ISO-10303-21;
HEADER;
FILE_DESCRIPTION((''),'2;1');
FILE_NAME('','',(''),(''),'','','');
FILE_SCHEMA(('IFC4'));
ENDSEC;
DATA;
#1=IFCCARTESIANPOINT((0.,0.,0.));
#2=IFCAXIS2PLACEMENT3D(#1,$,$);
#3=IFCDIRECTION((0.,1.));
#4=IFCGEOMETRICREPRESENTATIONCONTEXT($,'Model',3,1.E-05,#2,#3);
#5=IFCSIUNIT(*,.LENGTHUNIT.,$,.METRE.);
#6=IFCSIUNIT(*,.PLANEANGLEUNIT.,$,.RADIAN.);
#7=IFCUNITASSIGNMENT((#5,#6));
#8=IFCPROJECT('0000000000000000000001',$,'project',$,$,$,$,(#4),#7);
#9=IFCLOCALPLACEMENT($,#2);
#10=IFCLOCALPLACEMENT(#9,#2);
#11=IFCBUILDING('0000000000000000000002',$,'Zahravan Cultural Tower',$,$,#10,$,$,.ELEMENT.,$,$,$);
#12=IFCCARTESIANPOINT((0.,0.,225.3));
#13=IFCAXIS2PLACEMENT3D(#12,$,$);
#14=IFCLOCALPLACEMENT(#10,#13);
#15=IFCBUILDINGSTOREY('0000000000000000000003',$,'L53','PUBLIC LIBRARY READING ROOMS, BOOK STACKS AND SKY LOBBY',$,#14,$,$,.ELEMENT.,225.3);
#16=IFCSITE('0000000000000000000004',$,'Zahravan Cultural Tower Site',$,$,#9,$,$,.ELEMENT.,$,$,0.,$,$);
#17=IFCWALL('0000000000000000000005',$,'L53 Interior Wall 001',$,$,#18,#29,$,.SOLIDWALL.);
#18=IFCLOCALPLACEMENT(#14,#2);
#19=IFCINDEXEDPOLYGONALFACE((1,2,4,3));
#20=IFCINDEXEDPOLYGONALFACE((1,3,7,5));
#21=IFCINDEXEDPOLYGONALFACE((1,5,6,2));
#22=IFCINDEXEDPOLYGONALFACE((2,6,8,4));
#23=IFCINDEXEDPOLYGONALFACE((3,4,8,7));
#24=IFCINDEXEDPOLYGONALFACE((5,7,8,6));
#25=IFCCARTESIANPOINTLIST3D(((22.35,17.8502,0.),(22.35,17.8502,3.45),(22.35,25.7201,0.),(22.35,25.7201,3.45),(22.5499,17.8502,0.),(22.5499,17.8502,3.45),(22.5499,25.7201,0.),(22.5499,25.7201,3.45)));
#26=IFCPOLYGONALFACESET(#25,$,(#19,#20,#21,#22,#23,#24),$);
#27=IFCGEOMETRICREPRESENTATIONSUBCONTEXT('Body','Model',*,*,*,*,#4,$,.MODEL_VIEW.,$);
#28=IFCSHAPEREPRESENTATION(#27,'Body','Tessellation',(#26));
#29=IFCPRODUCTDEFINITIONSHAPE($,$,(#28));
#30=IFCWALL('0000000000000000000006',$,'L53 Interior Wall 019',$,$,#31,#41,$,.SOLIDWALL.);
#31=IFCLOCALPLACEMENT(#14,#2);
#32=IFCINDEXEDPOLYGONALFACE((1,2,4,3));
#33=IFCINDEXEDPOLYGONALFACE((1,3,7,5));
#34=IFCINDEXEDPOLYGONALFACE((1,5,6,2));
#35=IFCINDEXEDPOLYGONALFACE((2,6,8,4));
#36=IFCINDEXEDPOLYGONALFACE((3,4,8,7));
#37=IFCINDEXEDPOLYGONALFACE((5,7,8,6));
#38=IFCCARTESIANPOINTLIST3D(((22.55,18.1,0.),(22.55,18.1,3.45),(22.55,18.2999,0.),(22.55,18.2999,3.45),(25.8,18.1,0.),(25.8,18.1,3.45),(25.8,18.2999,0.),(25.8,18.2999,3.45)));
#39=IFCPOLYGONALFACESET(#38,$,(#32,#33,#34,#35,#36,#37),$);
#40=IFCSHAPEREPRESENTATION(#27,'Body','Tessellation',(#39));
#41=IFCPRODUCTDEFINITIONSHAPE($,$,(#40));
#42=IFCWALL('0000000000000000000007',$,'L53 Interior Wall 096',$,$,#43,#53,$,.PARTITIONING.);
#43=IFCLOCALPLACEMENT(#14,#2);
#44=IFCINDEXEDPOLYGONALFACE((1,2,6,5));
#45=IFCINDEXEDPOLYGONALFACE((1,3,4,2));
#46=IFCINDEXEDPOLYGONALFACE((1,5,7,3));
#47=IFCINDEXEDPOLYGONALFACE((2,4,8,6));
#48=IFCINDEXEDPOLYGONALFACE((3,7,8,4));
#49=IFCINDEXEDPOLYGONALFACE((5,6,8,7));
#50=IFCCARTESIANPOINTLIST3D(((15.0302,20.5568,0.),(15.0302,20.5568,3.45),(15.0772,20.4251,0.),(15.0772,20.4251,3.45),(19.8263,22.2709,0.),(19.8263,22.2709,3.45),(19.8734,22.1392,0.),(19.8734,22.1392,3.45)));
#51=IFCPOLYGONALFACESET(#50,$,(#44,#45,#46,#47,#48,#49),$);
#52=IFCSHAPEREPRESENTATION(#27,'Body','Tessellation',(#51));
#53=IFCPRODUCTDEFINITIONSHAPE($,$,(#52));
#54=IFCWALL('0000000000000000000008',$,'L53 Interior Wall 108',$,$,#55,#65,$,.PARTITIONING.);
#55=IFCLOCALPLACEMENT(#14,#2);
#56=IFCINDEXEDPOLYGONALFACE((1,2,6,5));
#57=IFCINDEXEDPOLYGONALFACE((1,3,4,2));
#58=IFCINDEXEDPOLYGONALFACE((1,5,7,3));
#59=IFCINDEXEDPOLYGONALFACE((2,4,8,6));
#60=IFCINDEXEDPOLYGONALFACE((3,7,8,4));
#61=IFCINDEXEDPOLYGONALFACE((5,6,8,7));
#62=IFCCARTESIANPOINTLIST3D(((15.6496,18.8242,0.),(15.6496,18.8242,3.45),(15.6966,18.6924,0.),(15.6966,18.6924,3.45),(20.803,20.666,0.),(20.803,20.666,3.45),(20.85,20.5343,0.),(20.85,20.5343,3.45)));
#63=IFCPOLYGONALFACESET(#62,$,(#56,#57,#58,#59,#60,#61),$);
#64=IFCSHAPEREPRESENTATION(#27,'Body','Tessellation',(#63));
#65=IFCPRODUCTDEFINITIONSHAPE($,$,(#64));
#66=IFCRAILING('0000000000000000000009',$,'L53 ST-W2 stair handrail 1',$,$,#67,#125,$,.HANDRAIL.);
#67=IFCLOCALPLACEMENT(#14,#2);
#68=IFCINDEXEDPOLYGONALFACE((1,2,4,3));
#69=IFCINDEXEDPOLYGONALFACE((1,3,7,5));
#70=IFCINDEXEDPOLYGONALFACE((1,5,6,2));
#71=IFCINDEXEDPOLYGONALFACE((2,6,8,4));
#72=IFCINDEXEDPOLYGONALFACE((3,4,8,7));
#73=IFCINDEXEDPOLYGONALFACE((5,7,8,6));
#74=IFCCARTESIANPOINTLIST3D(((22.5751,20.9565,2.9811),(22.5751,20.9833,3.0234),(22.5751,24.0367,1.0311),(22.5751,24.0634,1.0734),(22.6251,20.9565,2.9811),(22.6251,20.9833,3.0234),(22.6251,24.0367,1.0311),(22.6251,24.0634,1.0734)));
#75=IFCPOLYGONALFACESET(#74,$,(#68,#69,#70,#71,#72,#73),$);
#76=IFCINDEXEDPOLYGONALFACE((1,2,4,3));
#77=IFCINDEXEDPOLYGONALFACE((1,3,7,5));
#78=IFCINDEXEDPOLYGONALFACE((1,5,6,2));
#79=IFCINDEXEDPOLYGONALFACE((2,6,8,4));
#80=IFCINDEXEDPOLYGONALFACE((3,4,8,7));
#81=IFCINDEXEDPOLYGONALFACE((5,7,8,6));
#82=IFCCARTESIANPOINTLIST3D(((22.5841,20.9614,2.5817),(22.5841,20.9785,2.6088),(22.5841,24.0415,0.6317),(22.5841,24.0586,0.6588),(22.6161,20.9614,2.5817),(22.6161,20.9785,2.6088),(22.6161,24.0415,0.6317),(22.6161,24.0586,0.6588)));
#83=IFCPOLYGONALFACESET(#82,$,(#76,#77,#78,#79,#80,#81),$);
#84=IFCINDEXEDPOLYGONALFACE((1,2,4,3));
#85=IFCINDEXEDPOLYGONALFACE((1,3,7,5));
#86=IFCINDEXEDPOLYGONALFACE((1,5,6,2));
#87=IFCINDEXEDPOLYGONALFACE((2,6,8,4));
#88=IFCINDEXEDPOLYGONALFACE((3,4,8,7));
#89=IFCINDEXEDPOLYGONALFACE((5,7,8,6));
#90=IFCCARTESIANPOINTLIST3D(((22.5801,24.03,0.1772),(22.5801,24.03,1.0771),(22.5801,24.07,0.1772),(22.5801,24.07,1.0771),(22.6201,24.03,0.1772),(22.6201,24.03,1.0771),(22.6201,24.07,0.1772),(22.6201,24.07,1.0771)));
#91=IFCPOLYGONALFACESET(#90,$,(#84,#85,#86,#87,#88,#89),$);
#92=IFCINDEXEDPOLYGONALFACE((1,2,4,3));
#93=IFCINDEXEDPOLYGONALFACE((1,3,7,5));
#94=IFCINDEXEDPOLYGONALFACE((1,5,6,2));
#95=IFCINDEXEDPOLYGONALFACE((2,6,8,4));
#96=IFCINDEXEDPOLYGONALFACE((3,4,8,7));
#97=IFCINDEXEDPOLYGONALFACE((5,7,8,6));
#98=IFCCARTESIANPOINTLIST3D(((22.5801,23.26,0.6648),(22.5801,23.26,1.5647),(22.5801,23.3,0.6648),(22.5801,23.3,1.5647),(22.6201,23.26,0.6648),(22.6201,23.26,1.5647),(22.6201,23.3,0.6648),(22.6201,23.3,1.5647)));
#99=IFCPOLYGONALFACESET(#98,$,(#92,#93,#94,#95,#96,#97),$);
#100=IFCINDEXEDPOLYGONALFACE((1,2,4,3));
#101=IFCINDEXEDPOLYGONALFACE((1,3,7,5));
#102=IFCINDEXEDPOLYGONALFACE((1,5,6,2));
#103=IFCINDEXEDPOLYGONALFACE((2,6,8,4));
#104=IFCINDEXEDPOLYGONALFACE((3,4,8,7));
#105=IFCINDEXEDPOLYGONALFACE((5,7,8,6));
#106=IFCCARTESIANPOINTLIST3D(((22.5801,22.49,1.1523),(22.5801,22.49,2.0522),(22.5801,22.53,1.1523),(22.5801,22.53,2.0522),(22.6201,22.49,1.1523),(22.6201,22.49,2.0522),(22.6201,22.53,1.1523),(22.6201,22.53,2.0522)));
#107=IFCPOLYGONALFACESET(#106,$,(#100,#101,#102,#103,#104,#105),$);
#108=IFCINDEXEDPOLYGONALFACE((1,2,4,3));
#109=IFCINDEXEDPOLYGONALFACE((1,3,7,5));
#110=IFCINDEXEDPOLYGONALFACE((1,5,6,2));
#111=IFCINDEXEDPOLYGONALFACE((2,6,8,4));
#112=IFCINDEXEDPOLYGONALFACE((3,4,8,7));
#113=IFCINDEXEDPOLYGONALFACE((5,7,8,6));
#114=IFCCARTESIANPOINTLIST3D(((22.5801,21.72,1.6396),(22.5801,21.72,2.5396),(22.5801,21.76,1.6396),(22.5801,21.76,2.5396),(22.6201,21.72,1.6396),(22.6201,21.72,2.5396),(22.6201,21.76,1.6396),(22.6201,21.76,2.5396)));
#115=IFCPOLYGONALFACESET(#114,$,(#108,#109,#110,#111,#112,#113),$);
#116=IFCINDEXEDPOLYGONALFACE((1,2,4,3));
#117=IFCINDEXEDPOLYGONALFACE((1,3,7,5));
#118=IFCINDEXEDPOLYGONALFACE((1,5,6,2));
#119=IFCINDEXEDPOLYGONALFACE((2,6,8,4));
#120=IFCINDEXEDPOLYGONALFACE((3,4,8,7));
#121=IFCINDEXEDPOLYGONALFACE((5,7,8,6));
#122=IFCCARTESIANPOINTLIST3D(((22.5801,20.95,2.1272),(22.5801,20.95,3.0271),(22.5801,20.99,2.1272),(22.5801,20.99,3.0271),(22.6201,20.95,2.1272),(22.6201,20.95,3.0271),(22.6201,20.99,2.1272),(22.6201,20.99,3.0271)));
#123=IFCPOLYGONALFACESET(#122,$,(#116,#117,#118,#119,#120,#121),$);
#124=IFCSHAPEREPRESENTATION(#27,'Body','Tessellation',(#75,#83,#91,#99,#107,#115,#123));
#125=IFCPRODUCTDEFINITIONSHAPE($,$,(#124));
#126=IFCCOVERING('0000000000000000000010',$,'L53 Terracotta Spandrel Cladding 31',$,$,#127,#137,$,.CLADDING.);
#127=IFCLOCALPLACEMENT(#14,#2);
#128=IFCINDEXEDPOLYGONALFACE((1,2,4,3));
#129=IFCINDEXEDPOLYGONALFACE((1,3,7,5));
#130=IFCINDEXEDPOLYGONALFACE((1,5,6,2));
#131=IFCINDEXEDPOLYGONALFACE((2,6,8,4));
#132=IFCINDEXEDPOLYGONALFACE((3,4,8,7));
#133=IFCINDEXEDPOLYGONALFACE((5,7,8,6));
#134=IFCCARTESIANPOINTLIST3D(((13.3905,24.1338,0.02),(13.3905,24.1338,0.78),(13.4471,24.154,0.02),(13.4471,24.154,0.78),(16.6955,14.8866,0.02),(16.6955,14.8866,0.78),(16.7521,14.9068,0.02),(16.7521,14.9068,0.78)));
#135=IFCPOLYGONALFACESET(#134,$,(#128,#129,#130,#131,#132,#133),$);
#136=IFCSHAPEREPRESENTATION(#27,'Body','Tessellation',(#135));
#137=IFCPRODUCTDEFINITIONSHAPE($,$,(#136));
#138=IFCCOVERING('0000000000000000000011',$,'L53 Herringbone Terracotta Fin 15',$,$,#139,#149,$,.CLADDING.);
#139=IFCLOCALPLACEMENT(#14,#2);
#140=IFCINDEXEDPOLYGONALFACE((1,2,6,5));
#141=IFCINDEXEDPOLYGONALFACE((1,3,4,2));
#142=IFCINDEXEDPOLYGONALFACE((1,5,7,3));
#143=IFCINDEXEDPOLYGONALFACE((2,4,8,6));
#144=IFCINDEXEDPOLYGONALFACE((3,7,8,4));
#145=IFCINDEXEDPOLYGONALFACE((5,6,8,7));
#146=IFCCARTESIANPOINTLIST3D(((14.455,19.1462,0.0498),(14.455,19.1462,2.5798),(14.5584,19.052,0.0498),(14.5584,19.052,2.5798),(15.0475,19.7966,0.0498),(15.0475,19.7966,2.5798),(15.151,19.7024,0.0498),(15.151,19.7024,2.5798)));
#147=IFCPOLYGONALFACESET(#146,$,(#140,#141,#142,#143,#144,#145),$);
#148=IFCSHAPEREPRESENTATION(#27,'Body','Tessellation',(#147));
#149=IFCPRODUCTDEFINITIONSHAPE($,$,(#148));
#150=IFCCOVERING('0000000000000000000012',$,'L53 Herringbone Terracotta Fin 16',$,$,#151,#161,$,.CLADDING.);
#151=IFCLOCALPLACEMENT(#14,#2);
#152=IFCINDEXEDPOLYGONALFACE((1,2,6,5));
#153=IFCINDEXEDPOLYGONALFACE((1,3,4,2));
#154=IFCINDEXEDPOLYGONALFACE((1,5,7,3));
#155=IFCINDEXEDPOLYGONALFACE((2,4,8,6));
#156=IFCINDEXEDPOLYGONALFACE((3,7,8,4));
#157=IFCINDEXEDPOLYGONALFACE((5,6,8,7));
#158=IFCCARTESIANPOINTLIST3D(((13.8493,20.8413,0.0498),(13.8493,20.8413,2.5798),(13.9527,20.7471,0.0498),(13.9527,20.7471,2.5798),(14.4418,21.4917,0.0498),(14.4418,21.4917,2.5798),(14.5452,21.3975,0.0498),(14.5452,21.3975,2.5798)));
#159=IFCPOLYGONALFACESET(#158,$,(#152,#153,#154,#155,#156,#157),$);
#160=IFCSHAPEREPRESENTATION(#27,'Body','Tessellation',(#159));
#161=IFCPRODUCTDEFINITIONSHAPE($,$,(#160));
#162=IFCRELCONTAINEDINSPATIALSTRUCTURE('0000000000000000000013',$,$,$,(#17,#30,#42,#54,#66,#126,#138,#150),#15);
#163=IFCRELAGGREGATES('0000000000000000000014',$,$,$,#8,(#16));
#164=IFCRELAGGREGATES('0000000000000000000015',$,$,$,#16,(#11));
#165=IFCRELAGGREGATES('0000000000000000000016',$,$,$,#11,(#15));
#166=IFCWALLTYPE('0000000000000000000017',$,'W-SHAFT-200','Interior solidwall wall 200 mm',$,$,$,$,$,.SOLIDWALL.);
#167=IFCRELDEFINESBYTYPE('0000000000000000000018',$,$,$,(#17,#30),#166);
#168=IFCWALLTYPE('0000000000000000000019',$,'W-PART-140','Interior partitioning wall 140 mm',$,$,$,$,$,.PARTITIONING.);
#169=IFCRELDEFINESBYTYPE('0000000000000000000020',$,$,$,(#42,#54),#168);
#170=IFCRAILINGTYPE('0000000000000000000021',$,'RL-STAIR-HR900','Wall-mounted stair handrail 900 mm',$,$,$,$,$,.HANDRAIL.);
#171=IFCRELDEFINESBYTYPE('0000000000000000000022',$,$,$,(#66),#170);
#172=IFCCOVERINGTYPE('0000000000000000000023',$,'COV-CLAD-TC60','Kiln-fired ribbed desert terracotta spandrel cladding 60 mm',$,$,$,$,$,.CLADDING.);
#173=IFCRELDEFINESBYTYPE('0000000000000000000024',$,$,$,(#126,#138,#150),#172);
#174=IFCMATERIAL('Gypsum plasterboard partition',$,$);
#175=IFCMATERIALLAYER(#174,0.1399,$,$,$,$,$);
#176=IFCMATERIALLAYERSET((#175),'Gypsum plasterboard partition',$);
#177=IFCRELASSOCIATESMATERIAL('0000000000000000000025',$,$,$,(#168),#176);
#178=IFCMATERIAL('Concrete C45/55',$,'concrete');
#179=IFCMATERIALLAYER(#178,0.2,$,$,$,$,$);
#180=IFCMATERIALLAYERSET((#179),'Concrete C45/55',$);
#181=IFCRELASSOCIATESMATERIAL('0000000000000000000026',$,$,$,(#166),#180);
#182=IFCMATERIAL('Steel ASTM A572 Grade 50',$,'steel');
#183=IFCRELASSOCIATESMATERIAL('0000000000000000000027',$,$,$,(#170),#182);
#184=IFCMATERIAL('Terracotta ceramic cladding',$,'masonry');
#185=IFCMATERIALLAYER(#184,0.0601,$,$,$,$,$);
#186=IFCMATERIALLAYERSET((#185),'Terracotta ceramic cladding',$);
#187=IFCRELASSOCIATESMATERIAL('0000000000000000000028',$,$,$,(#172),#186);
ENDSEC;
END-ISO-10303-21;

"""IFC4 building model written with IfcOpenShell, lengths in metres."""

from ifc_helpers import new_model, si_unit, direction, frame, frame_2d, origin, origin_2d, place, context, subcontext, project, spatial, rectangle, extrude, source, transform, mapped, material, layer, layer_set, type_object, element, save


model = new_model("IFC4")

# Units and contexts
model_context = context("Model", 3, precision=1e-05, world=origin(), true_north=direction((0.0, 1.0)))
body_context = subcontext(model_context, "Body", "Model", "MODEL_VIEW")
ifc_project = project(units=[si_unit("LENGTHUNIT", "METRE"), si_unit("PLANEANGLEUNIT", "RADIAN")], contexts=[model_context])

# Site, building, storey
site_placement = place(None, origin())
site = spatial("IfcSite", under=ifc_project, at=site_placement, Name="Zahravan Cultural Tower Site", CompositionType="ELEMENT", RefElevation=0.0)
building_placement = place(site_placement, origin())
building = spatial("IfcBuilding", under=site, at=building_placement, Name="Zahravan Cultural Tower", CompositionType="ELEMENT")
storey_placement = place(building_placement, frame((0.0, 0.0, 225.3)))
storey = spatial("IfcBuildingStorey", under=building, at=storey_placement, Name="L53", Description="PUBLIC LIBRARY READING ROOMS, BOOK STACKS AND SKY LOBBY", CompositionType="ELEMENT", Elevation=225.3)

# Shared definitions
ifc_material_1 = material(Name="Gypsum plasterboard partition")
ifc_layer_1 = layer(ifc_material_1, 0.1399)
ifc_layer_set_1 = layer_set([ifc_layer_1], Name="Gypsum plasterboard partition")
wall_type_1 = type_object("IfcWallType", Name="W-PART-140", Description="Interior partitioning wall 140 mm", PredefinedType="PARTITIONING", material=ifc_layer_set_1)

# Walls
ifc_material_2 = material(Name="Concrete C45/55", Category="concrete")
ifc_layer_2 = layer(ifc_material_2, 0.2)
ifc_layer_set_2 = layer_set([ifc_layer_2], Name="Concrete C45/55")
wall_type_2 = type_object("IfcWallType", Name="W-SHAFT-200", Description="Interior solidwall wall 200 mm", PredefinedType="SOLIDWALL", material=ifc_layer_set_2)
shared_shape_1 = source(origin(), body_context, "Body", "SweptSolid", [
    extrude(rectangle(XDim=7.8699, YDim=0.2, at=frame_2d((3.9351, 0.0))), origin(), (0.0, 0.0, 1.0), 3.45),
])
wall_1_placement = place(storey_placement, frame((22.45, 17.8501, 0.0), z_axis=(0.0, 0.0, 1.0), x_axis=(0.0, 1.0, 0.0)))
element("IfcWall", 1, at=wall_1_placement, inside=storey, type_object=wall_type_2, Name="L53 Interior Wall 001", PredefinedType="SOLIDWALL", context=body_context, shape_type="MappedRepresentation", body=[
    mapped(shared_shape_1, transform((0.0, 0.0, 0.0), x_axis=(1.0, 0.0, 0.0), y_axis=(0.0, 1.0, 0.0), z_axis=(0.0, 0.0, 1.0), scale=1.0)),
])
shared_shape_2 = source(origin(), body_context, "Body", "SweptSolid", [
    extrude(rectangle(XDim=3.25, YDim=0.2, at=frame_2d((1.625, 0.0))), origin(), (0.0, 0.0, 1.0), 3.45),
])
wall_2_placement = place(storey_placement, frame((22.55, 18.2, 0.0), z_axis=(0.0, 0.0, 1.0), x_axis=(1.0, 0.0, 0.0)))
element("IfcWall", 2, at=wall_2_placement, inside=storey, type_object=wall_type_2, Name="L53 Interior Wall 019", PredefinedType="SOLIDWALL", context=body_context, shape_type="MappedRepresentation", body=[
    mapped(shared_shape_2, transform((0.0, 0.0, 0.0), x_axis=(1.0, 0.0, 0.0), y_axis=(0.0, 1.0, 0.0), z_axis=(0.0, 0.0, 1.0), scale=1.0)),
])
shared_shape_3 = source(origin(), body_context, "Body", "SweptSolid", [
    extrude(rectangle(XDim=5.0933, YDim=0.1399, at=frame_2d((2.5466, 0.0))), origin(), (0.0, 0.0, 1.0), 3.45),
])
wall_3_placement = place(storey_placement, frame((19.8499, 22.2051, 0.0), z_axis=(0.0, 0.0, 1.0), x_axis=(-0.941667, -0.336546, 0.0)))
element("IfcWall", 3, at=wall_3_placement, inside=storey, type_object=wall_type_1, Name="L53 Interior Wall 096", PredefinedType="PARTITIONING", context=body_context, shape_type="MappedRepresentation", body=[
    mapped(shared_shape_3, transform((0.0, 0.0, 0.0), x_axis=(1.0, 0.0, 0.0), y_axis=(0.0, 1.0, 0.0), z_axis=(0.0, 0.0, 1.0), scale=1.0)),
])
shared_shape_4 = source(origin(), body_context, "Body", "SweptSolid", [
    extrude(rectangle(XDim=5.4727, YDim=0.1399, at=frame_2d((2.7363, 0.0))), origin(), (0.0, 0.0, 1.0), 3.45),
])
wall_4_placement = place(storey_placement, frame((15.6731, 18.7583, 0.0), z_axis=(0.0, 0.0, 1.0), x_axis=(0.941665, 0.336551, 0.0)))
element("IfcWall", 4, at=wall_4_placement, inside=storey, type_object=wall_type_1, Name="L53 Interior Wall 108", PredefinedType="PARTITIONING", context=body_context, shape_type="MappedRepresentation", body=[
    mapped(shared_shape_4, transform((0.0, 0.0, 0.0), x_axis=(1.0, 0.0, 0.0), y_axis=(0.0, 1.0, 0.0), z_axis=(0.0, 0.0, 1.0), scale=1.0)),
])

# Railing
ifc_material_3 = material(Name="Steel ASTM A572 Grade 50", Category="steel")
railing_type = type_object("IfcRailingType", Name="RL-STAIR-HR900", Description="Wall-mounted stair handrail 900 mm", PredefinedType="HANDRAIL", material=ifc_material_3)
railing_placement = place(storey_placement, frame((22.6001, 24.05, 0.1772)))
element("IfcRailing", 5, at=railing_placement, inside=storey, type_object=railing_type, Name="L53 ST-W2 stair handrail 1", PredefinedType="HANDRAIL", context=body_context, shape_type="SweptSolid", body=[
    extrude(rectangle(XDim=0.05, YDim=0.05, at=origin_2d()), frame((0.0, 0.0, 0.875), z_axis=(0.0, -0.844914, 0.534902), x_axis=(1.0, 0.0, 0.0)), (0.0, 0.0, 1.0), 3.6455),
    extrude(rectangle(XDim=0.032, YDim=0.032, at=origin_2d()), frame((0.0, 0.0, 0.468), z_axis=(0.0, -0.844914, 0.534902), x_axis=(1.0, 0.0, 0.0)), (0.0, 0.0, 1.0), 3.6455),
    extrude(rectangle(XDim=0.04, YDim=0.04, at=origin_2d()), origin(), (0.0, 0.0, 1.0), 0.8999),
    extrude(rectangle(XDim=0.04, YDim=0.04, at=origin_2d()), frame((0.0, -0.77, 0.4875)), (0.0, 0.0, 1.0), 0.8999),
    extrude(rectangle(XDim=0.04, YDim=0.04, at=origin_2d()), frame((0.0, -1.54, 0.9751)), (0.0, 0.0, 1.0), 0.8999),
    extrude(rectangle(XDim=0.04, YDim=0.04, at=origin_2d()), frame((0.0, -2.3101, 1.4624)), (0.0, 0.0, 1.0), 0.8999),
    extrude(rectangle(XDim=0.04, YDim=0.04, at=origin_2d()), frame((0.0, -3.0801, 1.95)), (0.0, 0.0, 1.0), 0.8999),
])

# Coverings
ifc_material_4 = material(Name="Terracotta ceramic cladding", Category="masonry")
ifc_layer_3 = layer(ifc_material_4, 0.0601)
ifc_layer_set_3 = layer_set([ifc_layer_3], Name="Terracotta ceramic cladding")
covering_type = type_object("IfcCoveringType", Name="COV-CLAD-TC60", Description="Kiln-fired ribbed desert terracotta spandrel cladding 60 mm", PredefinedType="CLADDING", material=ifc_layer_set_3)
shared_shape_5 = source(origin(), body_context, "Body", "SweptSolid", [
    extrude(rectangle(XDim=9.8201, YDim=0.0601, at=origin_2d()), origin(), (0.0, 0.0, 1.0), 0.76),
])
covering_placement = place(storey_placement, frame((15.0713, 19.5203, 0.02), z_axis=(0.0, 0.0, 1.0), x_axis=(-0.336553, 0.941665, 0.0)))
element("IfcCovering", 6, at=covering_placement, inside=storey, type_object=covering_type, Name="L53 Terracotta Spandrel Cladding 31", PredefinedType="CLADDING", context=body_context, shape_type="MappedRepresentation", body=[
    mapped(shared_shape_5, transform((0.0, 0.0, 0.0), x_axis=(1.0, 0.0, 0.0), y_axis=(0.0, 1.0, 0.0), z_axis=(0.0, 0.0, 1.0), scale=1.0)),
])
shared_shape_6 = source(origin(), body_context, "Body", "SweptSolid", [
    extrude(rectangle(XDim=0.8799, YDim=0.1399, at=origin_2d()), origin(), (0.0, 0.0, 1.0), 2.53),
])
for number, where, z_axis, x_axis, name in (
    (7, (14.803, 19.4243, 0.0498), (0.0, 0.0, 1.0), (-0.673438, -0.739243, 0.0), "L53 Herringbone Terracotta Fin 15"),
    (8, (14.1973, 21.1194, 0.0498), (0.0, 0.0, 1.0), (-0.673438, -0.739243, 0.0), "L53 Herringbone Terracotta Fin 16"),
):
    element("IfcCovering", number, at=place(storey_placement, frame(where, z_axis=z_axis, x_axis=x_axis)), inside=storey, type_object=covering_type, Name=name, PredefinedType="CLADDING", context=body_context, shape_type="MappedRepresentation", body=[
        mapped(shared_shape_6, transform((0.0, 0.0, 0.0), x_axis=(1.0, 0.0, 0.0), y_axis=(0.0, 1.0, 0.0), z_axis=(0.0, 0.0, 1.0), scale=1.0)),
    ])

save(model, "model.ifc")
